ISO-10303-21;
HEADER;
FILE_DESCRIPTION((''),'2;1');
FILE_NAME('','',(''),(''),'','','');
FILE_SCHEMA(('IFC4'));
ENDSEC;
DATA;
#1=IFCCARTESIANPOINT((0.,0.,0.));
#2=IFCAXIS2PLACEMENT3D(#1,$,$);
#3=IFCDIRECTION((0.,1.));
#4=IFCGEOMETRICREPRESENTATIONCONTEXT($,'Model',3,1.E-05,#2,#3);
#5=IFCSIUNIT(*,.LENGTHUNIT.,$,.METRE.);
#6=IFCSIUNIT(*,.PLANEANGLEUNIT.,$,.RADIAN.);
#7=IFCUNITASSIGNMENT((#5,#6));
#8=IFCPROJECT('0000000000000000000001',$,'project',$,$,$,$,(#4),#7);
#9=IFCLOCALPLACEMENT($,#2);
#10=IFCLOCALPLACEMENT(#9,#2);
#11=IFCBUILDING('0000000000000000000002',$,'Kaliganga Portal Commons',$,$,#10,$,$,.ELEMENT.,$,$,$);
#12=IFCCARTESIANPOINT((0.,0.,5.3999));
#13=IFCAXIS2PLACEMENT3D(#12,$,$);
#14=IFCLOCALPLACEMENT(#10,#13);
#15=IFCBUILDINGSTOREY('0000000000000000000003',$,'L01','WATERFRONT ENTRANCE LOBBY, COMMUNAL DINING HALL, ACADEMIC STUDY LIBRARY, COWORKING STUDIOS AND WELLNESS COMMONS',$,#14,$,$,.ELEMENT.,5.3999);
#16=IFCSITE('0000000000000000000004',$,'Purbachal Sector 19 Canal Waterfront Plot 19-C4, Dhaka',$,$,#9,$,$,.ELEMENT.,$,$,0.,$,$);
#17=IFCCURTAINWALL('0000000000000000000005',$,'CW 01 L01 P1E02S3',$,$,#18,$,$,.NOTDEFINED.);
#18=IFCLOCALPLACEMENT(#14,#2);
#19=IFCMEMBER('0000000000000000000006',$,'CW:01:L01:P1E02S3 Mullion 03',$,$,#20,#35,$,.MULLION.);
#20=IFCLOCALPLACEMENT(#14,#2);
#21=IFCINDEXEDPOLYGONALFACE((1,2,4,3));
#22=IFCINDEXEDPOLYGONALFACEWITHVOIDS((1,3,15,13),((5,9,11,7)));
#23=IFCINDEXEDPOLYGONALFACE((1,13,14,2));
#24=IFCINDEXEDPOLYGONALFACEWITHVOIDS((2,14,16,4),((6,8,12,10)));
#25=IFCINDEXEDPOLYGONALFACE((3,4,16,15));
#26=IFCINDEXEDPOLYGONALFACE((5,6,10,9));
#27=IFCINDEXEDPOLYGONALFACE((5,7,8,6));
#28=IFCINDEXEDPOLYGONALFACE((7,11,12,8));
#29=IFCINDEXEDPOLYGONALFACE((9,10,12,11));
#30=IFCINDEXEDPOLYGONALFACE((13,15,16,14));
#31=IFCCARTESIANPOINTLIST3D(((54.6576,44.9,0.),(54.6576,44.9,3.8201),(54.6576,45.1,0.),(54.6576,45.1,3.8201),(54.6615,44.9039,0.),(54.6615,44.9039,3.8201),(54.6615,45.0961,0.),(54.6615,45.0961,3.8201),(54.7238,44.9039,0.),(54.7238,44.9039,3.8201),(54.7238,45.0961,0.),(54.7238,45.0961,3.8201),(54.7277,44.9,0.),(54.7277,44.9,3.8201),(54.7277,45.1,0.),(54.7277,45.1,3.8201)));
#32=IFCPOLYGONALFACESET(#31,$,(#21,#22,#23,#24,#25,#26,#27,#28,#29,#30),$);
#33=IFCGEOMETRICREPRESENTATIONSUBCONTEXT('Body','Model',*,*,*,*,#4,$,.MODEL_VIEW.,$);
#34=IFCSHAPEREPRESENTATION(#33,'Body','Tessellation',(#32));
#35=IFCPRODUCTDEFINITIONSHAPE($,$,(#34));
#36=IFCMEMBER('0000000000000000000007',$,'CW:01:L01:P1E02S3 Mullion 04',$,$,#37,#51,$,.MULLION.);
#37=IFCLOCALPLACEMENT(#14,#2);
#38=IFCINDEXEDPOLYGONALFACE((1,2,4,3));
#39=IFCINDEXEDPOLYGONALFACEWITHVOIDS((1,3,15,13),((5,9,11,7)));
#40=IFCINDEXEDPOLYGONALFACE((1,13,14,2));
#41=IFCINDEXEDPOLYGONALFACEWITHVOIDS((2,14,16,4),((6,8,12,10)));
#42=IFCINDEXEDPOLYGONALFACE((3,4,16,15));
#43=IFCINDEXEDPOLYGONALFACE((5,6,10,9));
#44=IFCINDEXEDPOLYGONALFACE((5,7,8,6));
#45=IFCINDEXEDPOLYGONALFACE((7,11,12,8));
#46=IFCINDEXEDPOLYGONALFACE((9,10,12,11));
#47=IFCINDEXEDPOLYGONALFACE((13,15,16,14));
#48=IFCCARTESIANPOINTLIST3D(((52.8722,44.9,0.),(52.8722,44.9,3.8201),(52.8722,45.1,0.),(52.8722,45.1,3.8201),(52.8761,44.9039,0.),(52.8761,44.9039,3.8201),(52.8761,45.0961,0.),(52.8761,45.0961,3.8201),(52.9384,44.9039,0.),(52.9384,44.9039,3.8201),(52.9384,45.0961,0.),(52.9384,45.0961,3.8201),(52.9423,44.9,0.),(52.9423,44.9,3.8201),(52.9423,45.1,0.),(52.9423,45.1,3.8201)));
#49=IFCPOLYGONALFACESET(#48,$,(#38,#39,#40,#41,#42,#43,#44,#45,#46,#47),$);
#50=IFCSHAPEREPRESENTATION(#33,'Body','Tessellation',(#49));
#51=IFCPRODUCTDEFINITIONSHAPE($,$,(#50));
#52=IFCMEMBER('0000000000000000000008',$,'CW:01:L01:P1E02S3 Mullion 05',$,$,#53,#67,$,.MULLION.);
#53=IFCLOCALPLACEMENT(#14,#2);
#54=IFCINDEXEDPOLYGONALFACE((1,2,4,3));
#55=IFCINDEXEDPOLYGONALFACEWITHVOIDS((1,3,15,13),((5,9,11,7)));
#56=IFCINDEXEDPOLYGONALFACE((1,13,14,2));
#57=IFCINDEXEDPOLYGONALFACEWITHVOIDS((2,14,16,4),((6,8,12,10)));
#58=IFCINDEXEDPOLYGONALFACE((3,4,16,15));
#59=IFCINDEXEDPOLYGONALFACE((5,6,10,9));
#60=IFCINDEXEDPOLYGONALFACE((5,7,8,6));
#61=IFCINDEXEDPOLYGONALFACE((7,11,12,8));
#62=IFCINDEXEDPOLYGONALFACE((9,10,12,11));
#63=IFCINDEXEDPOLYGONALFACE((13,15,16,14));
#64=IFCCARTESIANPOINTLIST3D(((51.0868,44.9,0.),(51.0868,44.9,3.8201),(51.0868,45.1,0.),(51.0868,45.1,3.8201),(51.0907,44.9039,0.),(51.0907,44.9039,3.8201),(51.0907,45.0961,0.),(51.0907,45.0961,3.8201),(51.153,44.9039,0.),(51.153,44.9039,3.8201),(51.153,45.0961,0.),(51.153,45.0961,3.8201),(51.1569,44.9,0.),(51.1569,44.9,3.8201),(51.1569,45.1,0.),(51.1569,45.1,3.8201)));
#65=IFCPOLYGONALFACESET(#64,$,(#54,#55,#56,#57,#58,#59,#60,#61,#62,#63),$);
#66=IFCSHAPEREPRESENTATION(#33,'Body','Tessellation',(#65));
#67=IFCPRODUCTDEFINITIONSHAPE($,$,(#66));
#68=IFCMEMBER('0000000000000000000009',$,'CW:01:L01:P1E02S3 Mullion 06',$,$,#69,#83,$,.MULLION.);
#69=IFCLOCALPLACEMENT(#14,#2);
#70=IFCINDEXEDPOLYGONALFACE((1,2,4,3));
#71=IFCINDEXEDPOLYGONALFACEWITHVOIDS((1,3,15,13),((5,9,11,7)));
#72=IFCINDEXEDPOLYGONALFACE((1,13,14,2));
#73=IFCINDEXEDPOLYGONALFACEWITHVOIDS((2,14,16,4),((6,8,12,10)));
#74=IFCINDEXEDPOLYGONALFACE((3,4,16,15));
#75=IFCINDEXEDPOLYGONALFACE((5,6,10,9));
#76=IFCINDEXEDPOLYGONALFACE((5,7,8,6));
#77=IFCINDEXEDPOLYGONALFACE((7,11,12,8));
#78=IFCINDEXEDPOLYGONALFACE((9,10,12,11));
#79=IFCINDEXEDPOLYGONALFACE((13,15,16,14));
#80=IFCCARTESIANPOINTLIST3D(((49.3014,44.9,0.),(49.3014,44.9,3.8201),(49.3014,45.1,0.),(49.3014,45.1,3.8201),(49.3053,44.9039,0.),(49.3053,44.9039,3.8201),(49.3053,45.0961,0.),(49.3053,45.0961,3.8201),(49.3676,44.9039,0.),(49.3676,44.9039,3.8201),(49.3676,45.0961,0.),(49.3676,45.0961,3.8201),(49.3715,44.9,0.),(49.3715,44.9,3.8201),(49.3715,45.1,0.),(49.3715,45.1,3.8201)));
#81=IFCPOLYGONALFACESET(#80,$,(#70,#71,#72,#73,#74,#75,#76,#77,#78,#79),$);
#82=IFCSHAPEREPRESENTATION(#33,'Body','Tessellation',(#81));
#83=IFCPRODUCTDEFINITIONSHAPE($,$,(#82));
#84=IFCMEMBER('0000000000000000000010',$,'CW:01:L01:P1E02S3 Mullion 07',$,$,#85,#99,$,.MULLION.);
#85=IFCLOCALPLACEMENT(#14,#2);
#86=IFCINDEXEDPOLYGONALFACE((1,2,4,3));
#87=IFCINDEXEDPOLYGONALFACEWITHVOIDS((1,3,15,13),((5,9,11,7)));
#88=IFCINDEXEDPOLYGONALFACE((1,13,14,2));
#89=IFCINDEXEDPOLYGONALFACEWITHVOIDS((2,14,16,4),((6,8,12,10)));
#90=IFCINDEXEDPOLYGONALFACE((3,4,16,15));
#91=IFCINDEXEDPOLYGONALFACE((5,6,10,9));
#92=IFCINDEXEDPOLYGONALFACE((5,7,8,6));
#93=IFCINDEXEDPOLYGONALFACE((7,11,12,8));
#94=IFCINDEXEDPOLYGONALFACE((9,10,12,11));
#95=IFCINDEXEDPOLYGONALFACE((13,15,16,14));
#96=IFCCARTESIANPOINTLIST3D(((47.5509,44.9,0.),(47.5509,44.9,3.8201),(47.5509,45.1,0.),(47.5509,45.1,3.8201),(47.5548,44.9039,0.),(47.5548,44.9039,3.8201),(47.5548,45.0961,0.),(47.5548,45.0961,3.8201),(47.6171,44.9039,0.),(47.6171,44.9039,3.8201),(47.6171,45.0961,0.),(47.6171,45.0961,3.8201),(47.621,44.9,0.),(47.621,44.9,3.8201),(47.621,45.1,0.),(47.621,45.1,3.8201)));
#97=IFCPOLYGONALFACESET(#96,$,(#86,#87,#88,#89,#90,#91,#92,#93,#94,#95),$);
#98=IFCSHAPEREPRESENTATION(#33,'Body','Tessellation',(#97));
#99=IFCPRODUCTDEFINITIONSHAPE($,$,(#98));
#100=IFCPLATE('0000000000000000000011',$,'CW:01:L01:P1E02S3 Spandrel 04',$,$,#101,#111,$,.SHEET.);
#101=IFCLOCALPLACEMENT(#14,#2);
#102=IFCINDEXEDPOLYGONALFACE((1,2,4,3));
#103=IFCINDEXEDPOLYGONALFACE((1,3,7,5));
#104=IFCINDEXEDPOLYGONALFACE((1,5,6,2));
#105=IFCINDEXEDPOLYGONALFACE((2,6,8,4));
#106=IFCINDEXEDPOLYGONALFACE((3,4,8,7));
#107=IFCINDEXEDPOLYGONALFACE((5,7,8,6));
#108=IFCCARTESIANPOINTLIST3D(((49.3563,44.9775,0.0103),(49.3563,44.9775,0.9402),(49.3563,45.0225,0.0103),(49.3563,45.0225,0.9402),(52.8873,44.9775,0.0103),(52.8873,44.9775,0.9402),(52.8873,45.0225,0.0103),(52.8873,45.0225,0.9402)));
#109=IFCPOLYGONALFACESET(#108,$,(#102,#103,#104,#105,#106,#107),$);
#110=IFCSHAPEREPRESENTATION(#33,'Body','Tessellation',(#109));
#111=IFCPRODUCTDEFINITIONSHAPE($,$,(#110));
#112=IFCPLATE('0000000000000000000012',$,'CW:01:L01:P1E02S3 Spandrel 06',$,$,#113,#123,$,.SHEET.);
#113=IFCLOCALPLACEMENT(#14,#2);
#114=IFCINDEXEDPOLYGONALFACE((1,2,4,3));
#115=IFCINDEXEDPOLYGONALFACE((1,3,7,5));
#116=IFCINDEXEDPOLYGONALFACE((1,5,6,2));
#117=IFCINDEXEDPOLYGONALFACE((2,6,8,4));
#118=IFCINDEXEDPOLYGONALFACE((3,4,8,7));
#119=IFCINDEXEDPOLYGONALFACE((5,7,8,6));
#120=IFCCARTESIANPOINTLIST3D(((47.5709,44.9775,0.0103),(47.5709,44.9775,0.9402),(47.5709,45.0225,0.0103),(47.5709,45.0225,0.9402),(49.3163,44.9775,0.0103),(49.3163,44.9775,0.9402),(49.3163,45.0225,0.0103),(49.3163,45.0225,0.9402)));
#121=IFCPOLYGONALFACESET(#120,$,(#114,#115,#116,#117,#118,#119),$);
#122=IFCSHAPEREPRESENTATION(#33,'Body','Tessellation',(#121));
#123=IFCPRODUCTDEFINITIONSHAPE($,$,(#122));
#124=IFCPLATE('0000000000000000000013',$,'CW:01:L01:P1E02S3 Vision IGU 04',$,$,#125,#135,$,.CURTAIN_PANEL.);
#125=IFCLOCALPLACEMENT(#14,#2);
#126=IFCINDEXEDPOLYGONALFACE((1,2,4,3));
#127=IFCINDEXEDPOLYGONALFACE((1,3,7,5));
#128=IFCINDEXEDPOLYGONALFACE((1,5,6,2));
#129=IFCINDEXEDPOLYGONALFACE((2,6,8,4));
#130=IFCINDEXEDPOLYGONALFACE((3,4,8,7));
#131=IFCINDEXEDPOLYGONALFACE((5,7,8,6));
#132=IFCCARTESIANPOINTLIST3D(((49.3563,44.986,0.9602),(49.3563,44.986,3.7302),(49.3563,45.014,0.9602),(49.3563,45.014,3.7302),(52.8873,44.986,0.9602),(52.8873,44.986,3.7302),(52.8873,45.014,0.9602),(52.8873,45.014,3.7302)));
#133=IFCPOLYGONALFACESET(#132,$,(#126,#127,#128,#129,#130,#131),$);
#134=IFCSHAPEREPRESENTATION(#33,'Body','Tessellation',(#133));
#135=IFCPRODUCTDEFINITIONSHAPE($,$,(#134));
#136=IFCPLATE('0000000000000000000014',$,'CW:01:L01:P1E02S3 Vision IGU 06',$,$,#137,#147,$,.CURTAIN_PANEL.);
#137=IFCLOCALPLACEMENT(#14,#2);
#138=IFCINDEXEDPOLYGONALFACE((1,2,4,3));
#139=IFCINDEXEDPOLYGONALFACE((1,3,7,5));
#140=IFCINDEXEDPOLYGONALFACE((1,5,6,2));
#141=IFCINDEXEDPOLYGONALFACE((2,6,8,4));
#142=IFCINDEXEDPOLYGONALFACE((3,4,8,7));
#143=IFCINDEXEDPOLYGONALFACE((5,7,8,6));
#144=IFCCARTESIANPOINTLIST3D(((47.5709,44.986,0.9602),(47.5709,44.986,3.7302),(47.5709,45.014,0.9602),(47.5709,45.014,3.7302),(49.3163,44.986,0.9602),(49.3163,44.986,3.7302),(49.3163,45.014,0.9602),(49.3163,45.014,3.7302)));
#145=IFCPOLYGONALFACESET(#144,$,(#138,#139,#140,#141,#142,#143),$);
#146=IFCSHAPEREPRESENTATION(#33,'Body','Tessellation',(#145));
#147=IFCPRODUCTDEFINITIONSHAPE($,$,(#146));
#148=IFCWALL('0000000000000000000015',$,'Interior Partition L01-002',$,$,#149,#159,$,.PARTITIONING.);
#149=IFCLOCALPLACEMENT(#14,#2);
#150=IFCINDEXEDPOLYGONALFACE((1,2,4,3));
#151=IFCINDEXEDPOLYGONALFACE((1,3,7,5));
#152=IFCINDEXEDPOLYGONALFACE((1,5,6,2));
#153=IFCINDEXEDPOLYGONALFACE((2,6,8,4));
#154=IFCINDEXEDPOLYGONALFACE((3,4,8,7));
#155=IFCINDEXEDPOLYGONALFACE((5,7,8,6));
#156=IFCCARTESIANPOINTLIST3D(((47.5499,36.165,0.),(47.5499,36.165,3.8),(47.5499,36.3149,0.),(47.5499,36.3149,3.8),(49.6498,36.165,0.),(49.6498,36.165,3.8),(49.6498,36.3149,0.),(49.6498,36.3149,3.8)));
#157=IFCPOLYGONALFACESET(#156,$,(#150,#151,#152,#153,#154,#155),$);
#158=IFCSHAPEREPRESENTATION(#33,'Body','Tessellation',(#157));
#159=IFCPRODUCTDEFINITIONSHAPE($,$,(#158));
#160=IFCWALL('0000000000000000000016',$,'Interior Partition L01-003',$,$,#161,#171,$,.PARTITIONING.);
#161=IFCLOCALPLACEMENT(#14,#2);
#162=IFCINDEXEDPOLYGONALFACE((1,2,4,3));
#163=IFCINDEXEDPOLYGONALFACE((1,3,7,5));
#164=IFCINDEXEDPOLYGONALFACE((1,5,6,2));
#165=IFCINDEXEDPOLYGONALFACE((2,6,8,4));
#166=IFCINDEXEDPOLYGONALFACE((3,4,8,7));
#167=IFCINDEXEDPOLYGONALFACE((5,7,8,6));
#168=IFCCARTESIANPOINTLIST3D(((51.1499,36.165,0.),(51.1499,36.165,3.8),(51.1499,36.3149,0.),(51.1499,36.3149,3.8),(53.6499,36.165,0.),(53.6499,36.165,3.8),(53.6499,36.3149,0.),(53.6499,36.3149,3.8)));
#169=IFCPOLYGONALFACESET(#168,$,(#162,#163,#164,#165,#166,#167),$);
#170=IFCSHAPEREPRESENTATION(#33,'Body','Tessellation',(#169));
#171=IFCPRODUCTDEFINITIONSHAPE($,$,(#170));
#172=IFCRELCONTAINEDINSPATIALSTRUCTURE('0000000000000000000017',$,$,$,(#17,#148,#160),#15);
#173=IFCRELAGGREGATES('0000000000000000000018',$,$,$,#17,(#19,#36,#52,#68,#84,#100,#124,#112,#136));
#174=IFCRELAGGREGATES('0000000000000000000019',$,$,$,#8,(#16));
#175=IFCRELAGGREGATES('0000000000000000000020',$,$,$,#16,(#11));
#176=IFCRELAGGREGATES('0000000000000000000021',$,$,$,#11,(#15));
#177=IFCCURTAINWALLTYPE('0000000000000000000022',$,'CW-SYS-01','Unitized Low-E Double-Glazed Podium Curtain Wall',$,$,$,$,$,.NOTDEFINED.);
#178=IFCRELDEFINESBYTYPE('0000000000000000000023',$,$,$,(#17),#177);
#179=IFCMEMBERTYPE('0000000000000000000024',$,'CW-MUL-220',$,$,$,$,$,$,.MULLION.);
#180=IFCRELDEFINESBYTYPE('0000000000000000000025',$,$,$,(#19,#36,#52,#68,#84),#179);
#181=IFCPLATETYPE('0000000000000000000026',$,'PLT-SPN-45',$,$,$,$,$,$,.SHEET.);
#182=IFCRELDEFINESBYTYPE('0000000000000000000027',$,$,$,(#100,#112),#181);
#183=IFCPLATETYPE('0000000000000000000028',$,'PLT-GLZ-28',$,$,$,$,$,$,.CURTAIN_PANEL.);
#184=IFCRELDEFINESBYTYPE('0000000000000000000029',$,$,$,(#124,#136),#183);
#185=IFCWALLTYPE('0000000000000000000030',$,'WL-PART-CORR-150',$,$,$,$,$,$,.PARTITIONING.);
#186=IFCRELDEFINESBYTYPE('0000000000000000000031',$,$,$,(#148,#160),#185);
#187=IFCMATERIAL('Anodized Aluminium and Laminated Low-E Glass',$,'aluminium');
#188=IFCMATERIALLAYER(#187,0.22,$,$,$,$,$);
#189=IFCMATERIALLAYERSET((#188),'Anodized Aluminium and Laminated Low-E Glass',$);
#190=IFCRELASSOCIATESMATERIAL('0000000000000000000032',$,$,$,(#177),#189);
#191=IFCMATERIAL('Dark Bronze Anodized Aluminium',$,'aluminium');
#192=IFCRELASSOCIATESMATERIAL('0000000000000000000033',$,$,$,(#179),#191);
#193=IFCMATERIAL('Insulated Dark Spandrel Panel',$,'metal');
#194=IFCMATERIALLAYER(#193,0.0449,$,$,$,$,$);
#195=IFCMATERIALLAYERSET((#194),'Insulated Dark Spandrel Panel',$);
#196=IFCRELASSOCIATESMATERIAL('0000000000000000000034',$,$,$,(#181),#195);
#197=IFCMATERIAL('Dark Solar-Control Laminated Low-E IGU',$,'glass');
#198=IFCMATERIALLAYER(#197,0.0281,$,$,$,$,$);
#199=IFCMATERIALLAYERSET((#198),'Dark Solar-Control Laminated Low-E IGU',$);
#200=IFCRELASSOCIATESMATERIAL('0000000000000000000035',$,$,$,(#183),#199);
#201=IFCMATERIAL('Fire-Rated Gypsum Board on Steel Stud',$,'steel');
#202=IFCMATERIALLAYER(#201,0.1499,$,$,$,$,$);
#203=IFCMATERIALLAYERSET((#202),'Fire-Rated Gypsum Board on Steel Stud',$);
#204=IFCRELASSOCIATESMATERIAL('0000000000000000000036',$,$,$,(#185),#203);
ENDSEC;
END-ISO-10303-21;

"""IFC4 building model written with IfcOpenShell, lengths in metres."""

from ifc_helpers import new_model, si_unit, direction, frame, frame_2d, origin, origin_2d, place, context, subcontext, project, spatial, rectangle, hollow_rectangle, extrude, source, transform, mapped, material, layer, layer_set, material_profile, profile_set, type_object, element, aggregate, save


model = new_model("IFC4")

# Units and contexts
model_context = context("Model", 3, precision=1e-05, world=origin(), true_north=direction((0.0, 1.0)))
body_context = subcontext(model_context, "Body", "Model", "MODEL_VIEW")
ifc_project = project(units=[si_unit("LENGTHUNIT", "METRE"), si_unit("PLANEANGLEUNIT", "RADIAN")], contexts=[model_context])

# Site, building, storey
site_placement = place(None, origin())
site = spatial("IfcSite", under=ifc_project, at=site_placement, Name="Purbachal Sector 19 Canal Waterfront Plot 19-C4, Dhaka", CompositionType="ELEMENT", RefElevation=0.0)
building_placement = place(site_placement, origin())
building = spatial("IfcBuilding", under=site, at=building_placement, Name="Kaliganga Portal Commons", CompositionType="ELEMENT")
storey_placement = place(building_placement, frame((0.0, 0.0, 5.3999)))
storey = spatial("IfcBuildingStorey", under=building, at=storey_placement, Name="L01", Description="WATERFRONT ENTRANCE LOBBY, COMMUNAL DINING HALL, ACADEMIC STUDY LIBRARY, COWORKING STUDIOS AND WELLNESS COMMONS", CompositionType="ELEMENT", Elevation=5.3999)

# Curtain wall, members, plates
ifc_material_1 = material(Name="Anodized Aluminium and Laminated Low-E Glass", Category="aluminium")
ifc_layer_1 = layer(ifc_material_1, 0.22)
ifc_layer_set_1 = layer_set([ifc_layer_1], Name="Anodized Aluminium and Laminated Low-E Glass")
curtain_wall_type = type_object("IfcCurtainWallType", Name="CW-SYS-01", Description="Unitized Low-E Double-Glazed Podium Curtain Wall", PredefinedType="NOTDEFINED", material=ifc_layer_set_1)
curtain_wall_placement = place(storey_placement, origin())
curtain_wall = element("IfcCurtainWall", 1, at=curtain_wall_placement, inside=storey, type_object=curtain_wall_type, Name="CW 01 L01 P1E02S3", PredefinedType="NOTDEFINED")
ifc_material_2 = material(Name="Dark Bronze Anodized Aluminium", Category="aluminium")
ifc_material_profile_1 = material_profile(ifc_material_2, hollow_rectangle(XDim=0.0701, YDim=0.2, WallThickness=0.0039, at=origin_2d()), Name="ALU MULL 70x200x4")
ifc_profile_set_1 = profile_set([ifc_material_profile_1], Name="Dark Bronze Anodized Aluminium")
member_type = type_object("IfcMemberType", Name="CW-MUL-220", PredefinedType="MULLION", material=ifc_profile_set_1)
shared_shape_1 = source(origin(), body_context, "Body", "SweptSolid", [
    extrude(hollow_rectangle(XDim=0.0701, YDim=0.2, WallThickness=0.0039, at=origin_2d()), origin(), (0.0, 0.0, 1.0), 3.8201),
])
member_1_placement = place(storey_placement, frame((54.6926, 45.0, 0.0), z_axis=(0.0, 0.0, 1.0), x_axis=(-1.0, 0.0, 0.0)))
member_1 = element("IfcMember", 2, at=member_1_placement, type_object=member_type, Name="CW:01:L01:P1E02S3 Mullion 03", PredefinedType="MULLION", context=body_context, shape_type="MappedRepresentation", body=[
    mapped(shared_shape_1, transform((0.0, 0.0, 0.0), x_axis=(1.0, 0.0, 0.0), y_axis=(0.0, 1.0, 0.0), z_axis=(0.0, 0.0, 1.0), scale=1.0)),
])
member_2_placement = place(storey_placement, frame((52.9072, 45.0, 0.0), z_axis=(0.0, 0.0, 1.0), x_axis=(-1.0, 0.0, 0.0)))
member_2 = element("IfcMember", 3, at=member_2_placement, type_object=member_type, Name="CW:01:L01:P1E02S3 Mullion 04", PredefinedType="MULLION", context=body_context, shape_type="MappedRepresentation", body=[
    mapped(shared_shape_1, transform((0.0, 0.0, 0.0), x_axis=(1.0, 0.0, 0.0), y_axis=(0.0, 1.0, 0.0), z_axis=(0.0, 0.0, 1.0), scale=1.0)),
])
member_3_placement = place(storey_placement, frame((51.1218, 45.0, 0.0), z_axis=(0.0, 0.0, 1.0), x_axis=(-1.0, 0.0, 0.0)))
member_3 = element("IfcMember", 4, at=member_3_placement, type_object=member_type, Name="CW:01:L01:P1E02S3 Mullion 05", PredefinedType="MULLION", context=body_context, shape_type="MappedRepresentation", body=[
    mapped(shared_shape_1, transform((0.0, 0.0, 0.0), x_axis=(1.0, 0.0, 0.0), y_axis=(0.0, 1.0, 0.0), z_axis=(0.0, 0.0, 1.0), scale=1.0)),
])
member_4_placement = place(storey_placement, frame((49.3364, 45.0, 0.0), z_axis=(0.0, 0.0, 1.0), x_axis=(-1.0, 0.0, 0.0)))
member_4 = element("IfcMember", 5, at=member_4_placement, type_object=member_type, Name="CW:01:L01:P1E02S3 Mullion 06", PredefinedType="MULLION", context=body_context, shape_type="MappedRepresentation", body=[
    mapped(shared_shape_1, transform((0.0, 0.0, 0.0), x_axis=(1.0, 0.0, 0.0), y_axis=(0.0, 1.0, 0.0), z_axis=(0.0, 0.0, 1.0), scale=1.0)),
])
member_5_placement = place(storey_placement, frame((47.5859, 45.0, 0.0), z_axis=(0.0, 0.0, 1.0), x_axis=(-1.0, 0.0, 0.0)))
member_5 = element("IfcMember", 6, at=member_5_placement, type_object=member_type, Name="CW:01:L01:P1E02S3 Mullion 07", PredefinedType="MULLION", context=body_context, shape_type="MappedRepresentation", body=[
    mapped(shared_shape_1, transform((0.0, 0.0, 0.0), x_axis=(1.0, 0.0, 0.0), y_axis=(0.0, 1.0, 0.0), z_axis=(0.0, 0.0, 1.0), scale=1.0)),
])
ifc_material_3 = material(Name="Insulated Dark Spandrel Panel", Category="metal")
ifc_layer_2 = layer(ifc_material_3, 0.0449)
ifc_layer_set_2 = layer_set([ifc_layer_2], Name="Insulated Dark Spandrel Panel")
plate_type_1 = type_object("IfcPlateType", Name="PLT-SPN-45", PredefinedType="SHEET", material=ifc_layer_set_2)
shared_shape_2 = source(origin(), body_context, "Body", "SweptSolid", [
    extrude(rectangle(XDim=3.531, YDim=0.0449, at=origin_2d()), origin(), (0.0, 0.0, 1.0), 0.9299),
])
plate_1_placement = place(storey_placement, frame((51.1218, 45.0, 0.0103), z_axis=(0.0, 0.0, 1.0), x_axis=(-1.0, 0.0, 0.0)))
plate_1 = element("IfcPlate", 7, at=plate_1_placement, type_object=plate_type_1, Name="CW:01:L01:P1E02S3 Spandrel 04", PredefinedType="SHEET", context=body_context, shape_type="MappedRepresentation", body=[
    mapped(shared_shape_2, transform((0.0, 0.0, 0.0), x_axis=(1.0, 0.0, 0.0), y_axis=(0.0, 1.0, 0.0), z_axis=(0.0, 0.0, 1.0), scale=1.0)),
])
shared_shape_3 = source(origin(), body_context, "Body", "SweptSolid", [
    extrude(rectangle(XDim=1.7454, YDim=0.0449, at=origin_2d()), origin(), (0.0, 0.0, 1.0), 0.9299),
])
plate_2_placement = place(storey_placement, frame((48.4436, 45.0, 0.0103), z_axis=(0.0, 0.0, 1.0), x_axis=(-1.0, 0.0, 0.0)))
plate_2 = element("IfcPlate", 8, at=plate_2_placement, type_object=plate_type_1, Name="CW:01:L01:P1E02S3 Spandrel 06", PredefinedType="SHEET", context=body_context, shape_type="MappedRepresentation", body=[
    mapped(shared_shape_3, transform((0.0, 0.0, 0.0), x_axis=(1.0, 0.0, 0.0), y_axis=(0.0, 1.0, 0.0), z_axis=(0.0, 0.0, 1.0), scale=1.0)),
])
ifc_material_4 = material(Name="Dark Solar-Control Laminated Low-E IGU", Category="glass")
ifc_layer_3 = layer(ifc_material_4, 0.0281)
ifc_layer_set_3 = layer_set([ifc_layer_3], Name="Dark Solar-Control Laminated Low-E IGU")
plate_type_2 = type_object("IfcPlateType", Name="PLT-GLZ-28", PredefinedType="CURTAIN_PANEL", material=ifc_layer_set_3)
shared_shape_4 = source(origin(), body_context, "Body", "SweptSolid", [
    extrude(rectangle(XDim=3.531, YDim=0.0281, at=origin_2d()), origin(), (0.0, 0.0, 1.0), 2.77),
])
plate_3_placement = place(storey_placement, frame((51.1218, 45.0, 0.9602), z_axis=(0.0, 0.0, 1.0), x_axis=(-1.0, 0.0, 0.0)))
plate_3 = element("IfcPlate", 9, at=plate_3_placement, type_object=plate_type_2, Name="CW:01:L01:P1E02S3 Vision IGU 04", PredefinedType="CURTAIN_PANEL", context=body_context, shape_type="MappedRepresentation", body=[
    mapped(shared_shape_4, transform((0.0, 0.0, 0.0), x_axis=(1.0, 0.0, 0.0), y_axis=(0.0, 1.0, 0.0), z_axis=(0.0, 0.0, 1.0), scale=1.0)),
])
shared_shape_5 = source(origin(), body_context, "Body", "SweptSolid", [
    extrude(rectangle(XDim=1.7454, YDim=0.0281, at=origin_2d()), origin(), (0.0, 0.0, 1.0), 2.77),
])
plate_4_placement = place(storey_placement, frame((48.4436, 45.0, 0.9602), z_axis=(0.0, 0.0, 1.0), x_axis=(-1.0, 0.0, 0.0)))
plate_4 = element("IfcPlate", 10, at=plate_4_placement, type_object=plate_type_2, Name="CW:01:L01:P1E02S3 Vision IGU 06", PredefinedType="CURTAIN_PANEL", context=body_context, shape_type="MappedRepresentation", body=[
    mapped(shared_shape_5, transform((0.0, 0.0, 0.0), x_axis=(1.0, 0.0, 0.0), y_axis=(0.0, 1.0, 0.0), z_axis=(0.0, 0.0, 1.0), scale=1.0)),
])
aggregate(curtain_wall, [member_1, member_2, member_3, member_4, member_5, plate_1, plate_3, plate_2, plate_4])

# Walls
ifc_material_5 = material(Name="Fire-Rated Gypsum Board on Steel Stud", Category="steel")
ifc_layer_4 = layer(ifc_material_5, 0.1499)
ifc_layer_set_4 = layer_set([ifc_layer_4], Name="Fire-Rated Gypsum Board on Steel Stud")
wall_type_1 = type_object("IfcWallType", Name="WL-PART-CORR-150", PredefinedType="PARTITIONING", material=ifc_layer_set_4)
wall_1_placement = place(storey_placement, frame((47.55, 36.24, 0.0), z_axis=(0.0, 0.0, 1.0), x_axis=(1.0, 0.0, 0.0)))
element("IfcWall", 11, at=wall_1_placement, inside=storey, type_object=wall_type_1, Name="Interior Partition L01-002", PredefinedType="PARTITIONING", context=body_context, shape_type="SweptSolid", body=[
    extrude(rectangle(XDim=2.0999, YDim=0.1499, at=frame_2d((1.0498, 0.0))), origin(), (0.0, 0.0, 1.0), 3.8),
])
wall_2_placement = place(storey_placement, frame((51.1499, 36.24, 0.0), z_axis=(0.0, 0.0, 1.0), x_axis=(1.0, 0.0, 0.0)))
element("IfcWall", 12, at=wall_2_placement, inside=storey, type_object=wall_type_1, Name="Interior Partition L01-003", PredefinedType="PARTITIONING", context=body_context, shape_type="SweptSolid", body=[
    extrude(rectangle(XDim=2.5, YDim=0.1499, at=frame_2d((1.25, 0.0))), origin(), (0.0, 0.0, 1.0), 3.8),
])

save(model, "model.ifc")
